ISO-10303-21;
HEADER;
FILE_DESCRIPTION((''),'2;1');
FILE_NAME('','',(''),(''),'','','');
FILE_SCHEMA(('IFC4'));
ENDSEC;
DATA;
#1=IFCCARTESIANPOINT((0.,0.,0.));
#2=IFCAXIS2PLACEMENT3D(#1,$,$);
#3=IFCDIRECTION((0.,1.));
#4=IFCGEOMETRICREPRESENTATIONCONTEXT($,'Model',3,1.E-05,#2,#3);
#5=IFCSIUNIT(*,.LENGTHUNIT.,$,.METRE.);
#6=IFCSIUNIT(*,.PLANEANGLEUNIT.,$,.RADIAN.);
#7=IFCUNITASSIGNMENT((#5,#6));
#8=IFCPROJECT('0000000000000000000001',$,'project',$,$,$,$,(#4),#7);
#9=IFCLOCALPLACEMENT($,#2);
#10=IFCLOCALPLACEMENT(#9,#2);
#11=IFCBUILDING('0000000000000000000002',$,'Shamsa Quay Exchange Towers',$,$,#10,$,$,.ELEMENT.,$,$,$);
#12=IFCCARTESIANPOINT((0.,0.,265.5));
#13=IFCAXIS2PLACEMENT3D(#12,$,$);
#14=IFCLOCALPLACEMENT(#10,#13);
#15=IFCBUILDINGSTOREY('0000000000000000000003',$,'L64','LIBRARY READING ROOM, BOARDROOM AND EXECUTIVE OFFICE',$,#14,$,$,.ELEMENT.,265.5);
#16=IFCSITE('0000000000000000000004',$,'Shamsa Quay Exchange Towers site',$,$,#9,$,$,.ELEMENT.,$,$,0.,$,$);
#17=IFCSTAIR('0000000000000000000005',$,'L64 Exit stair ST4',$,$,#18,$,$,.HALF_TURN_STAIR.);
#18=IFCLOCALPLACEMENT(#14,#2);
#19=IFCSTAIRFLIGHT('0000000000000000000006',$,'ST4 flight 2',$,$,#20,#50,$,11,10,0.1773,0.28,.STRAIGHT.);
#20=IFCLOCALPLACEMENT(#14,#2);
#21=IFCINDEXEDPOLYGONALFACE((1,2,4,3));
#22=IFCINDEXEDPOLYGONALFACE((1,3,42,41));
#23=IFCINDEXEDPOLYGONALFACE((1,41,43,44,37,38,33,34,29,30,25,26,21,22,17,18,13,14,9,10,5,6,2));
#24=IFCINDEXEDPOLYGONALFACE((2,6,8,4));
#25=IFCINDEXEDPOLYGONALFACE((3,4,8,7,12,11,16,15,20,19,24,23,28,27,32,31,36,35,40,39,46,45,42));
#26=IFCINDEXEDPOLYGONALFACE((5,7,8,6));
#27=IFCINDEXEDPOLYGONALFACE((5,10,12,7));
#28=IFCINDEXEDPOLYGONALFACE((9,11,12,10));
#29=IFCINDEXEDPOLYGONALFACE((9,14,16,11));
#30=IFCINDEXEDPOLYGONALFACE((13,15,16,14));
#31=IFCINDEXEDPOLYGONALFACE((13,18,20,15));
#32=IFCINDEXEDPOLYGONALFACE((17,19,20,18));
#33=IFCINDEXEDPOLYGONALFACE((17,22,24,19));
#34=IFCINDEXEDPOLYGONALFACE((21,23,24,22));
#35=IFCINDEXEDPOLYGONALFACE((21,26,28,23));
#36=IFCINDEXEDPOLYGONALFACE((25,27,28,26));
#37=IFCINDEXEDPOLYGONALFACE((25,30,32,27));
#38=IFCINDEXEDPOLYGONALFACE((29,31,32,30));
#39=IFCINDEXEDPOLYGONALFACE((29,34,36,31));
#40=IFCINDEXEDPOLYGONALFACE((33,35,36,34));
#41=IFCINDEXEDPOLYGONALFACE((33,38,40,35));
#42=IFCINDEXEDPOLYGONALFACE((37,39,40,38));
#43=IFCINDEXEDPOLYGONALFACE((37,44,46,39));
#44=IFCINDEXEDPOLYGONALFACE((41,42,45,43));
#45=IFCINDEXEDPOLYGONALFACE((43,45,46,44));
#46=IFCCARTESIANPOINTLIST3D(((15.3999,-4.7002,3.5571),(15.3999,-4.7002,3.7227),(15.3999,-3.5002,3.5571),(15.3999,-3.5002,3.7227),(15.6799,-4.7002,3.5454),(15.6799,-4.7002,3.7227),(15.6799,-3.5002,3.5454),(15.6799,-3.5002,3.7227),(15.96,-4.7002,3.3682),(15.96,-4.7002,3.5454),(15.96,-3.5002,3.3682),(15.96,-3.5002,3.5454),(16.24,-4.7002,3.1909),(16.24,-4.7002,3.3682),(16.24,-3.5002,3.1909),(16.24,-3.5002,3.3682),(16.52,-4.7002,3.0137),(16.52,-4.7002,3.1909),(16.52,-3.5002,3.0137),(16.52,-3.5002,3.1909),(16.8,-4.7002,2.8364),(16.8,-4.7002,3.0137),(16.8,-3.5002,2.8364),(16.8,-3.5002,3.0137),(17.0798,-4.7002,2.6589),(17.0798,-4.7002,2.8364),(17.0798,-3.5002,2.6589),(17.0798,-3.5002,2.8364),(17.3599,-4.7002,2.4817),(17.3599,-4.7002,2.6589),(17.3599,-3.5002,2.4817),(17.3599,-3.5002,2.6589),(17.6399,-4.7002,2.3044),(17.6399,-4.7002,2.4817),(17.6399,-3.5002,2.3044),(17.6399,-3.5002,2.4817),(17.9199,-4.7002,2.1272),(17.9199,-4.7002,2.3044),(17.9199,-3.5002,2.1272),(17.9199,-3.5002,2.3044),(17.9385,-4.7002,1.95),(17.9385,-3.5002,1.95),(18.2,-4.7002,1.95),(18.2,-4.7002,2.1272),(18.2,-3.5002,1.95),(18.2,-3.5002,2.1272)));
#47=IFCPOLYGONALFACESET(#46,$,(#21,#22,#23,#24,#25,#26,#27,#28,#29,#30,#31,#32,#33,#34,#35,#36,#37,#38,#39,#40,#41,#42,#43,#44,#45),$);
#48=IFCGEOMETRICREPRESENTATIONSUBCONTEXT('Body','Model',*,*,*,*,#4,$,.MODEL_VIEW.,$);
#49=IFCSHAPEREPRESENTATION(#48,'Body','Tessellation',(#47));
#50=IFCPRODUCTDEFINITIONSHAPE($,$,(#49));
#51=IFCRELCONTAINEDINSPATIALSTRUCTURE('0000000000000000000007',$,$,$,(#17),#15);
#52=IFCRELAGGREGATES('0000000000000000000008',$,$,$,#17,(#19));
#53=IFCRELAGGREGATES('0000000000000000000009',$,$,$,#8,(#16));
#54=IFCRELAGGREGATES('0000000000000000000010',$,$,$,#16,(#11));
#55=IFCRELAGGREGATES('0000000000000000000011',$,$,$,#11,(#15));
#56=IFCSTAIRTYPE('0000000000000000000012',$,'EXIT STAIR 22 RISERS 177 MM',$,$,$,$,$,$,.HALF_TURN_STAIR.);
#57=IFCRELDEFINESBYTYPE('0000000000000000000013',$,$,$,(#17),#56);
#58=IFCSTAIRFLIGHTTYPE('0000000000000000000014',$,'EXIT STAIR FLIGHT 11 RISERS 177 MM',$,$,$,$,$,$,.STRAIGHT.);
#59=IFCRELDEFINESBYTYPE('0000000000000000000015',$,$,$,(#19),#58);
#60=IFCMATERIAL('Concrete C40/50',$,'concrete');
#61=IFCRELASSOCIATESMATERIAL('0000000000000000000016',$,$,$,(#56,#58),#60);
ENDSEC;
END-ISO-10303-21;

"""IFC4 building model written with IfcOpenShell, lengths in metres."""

from ifc_helpers import new_model, si_unit, direction, frame, origin, place, context, subcontext, project, spatial, polyline, outline, extrude, material, type_object, element, aggregate, save


model = new_model("IFC4")

# Units and contexts
model_context = context("Model", 3, precision=1e-05, world=origin(), true_north=direction((0.0, 1.0)))
body_context = subcontext(model_context, "Body", "Model", "MODEL_VIEW")
ifc_project = project(units=[si_unit("LENGTHUNIT", "METRE"), si_unit("PLANEANGLEUNIT", "RADIAN")], contexts=[model_context])

# Site, building, storey
site_placement = place(None, origin())
site = spatial("IfcSite", under=ifc_project, at=site_placement, Name="Shamsa Quay Exchange Towers site", CompositionType="ELEMENT", RefElevation=0.0)
building_placement = place(site_placement, origin())
building = spatial("IfcBuilding", under=site, at=building_placement, Name="Shamsa Quay Exchange Towers", CompositionType="ELEMENT")
storey_placement = place(building_placement, frame((0.0, 0.0, 265.5)))
storey = spatial("IfcBuildingStorey", under=building, at=storey_placement, Name="L64", Description="LIBRARY READING ROOM, BOARDROOM AND EXECUTIVE OFFICE", CompositionType="ELEMENT", Elevation=265.5)

# Stair, stair flight
ifc_material_1 = material(Name="Concrete C40/50", Category="concrete")
stair_type = type_object("IfcStairType", Name="EXIT STAIR 22 RISERS 177 MM", PredefinedType="HALF_TURN_STAIR", material=ifc_material_1)
stair_placement = place(storey_placement, origin())
stair = element("IfcStair", 1, at=stair_placement, inside=storey, type_object=stair_type, Name="L64 Exit stair ST4", PredefinedType="HALF_TURN_STAIR")
stair_flight_type = type_object("IfcStairFlightType", Name="EXIT STAIR FLIGHT 11 RISERS 177 MM", PredefinedType="STRAIGHT", material=ifc_material_1)
stair_flight_placement = place(storey_placement, frame((18.2, -4.1001, 1.95), z_axis=(0.0, 0.0, 1.0), x_axis=(-1.0, 0.0, 0.0)))
stair_flight = element("IfcStairFlight", 2, at=stair_flight_placement, type_object=stair_flight_type, Name="ST4 flight 2", NumberOfRisers=11, NumberOfTreads=10, PredefinedType="STRAIGHT", RiserHeight=0.1773, TreadLength=0.28, context=body_context, shape_type="SweptSolid", body=[
    extrude(outline(polyline([(0.0, 0.0), (0.0, 0.1772), (0.28, 0.1772), (0.28, 0.3545), (0.5601, 0.3545), (0.5601, 0.5317), (0.8401, 0.5317), (0.8401, 0.709), (1.1201, 0.709), (1.1201, 0.8865), (1.3999, 0.8865), (1.3999, 1.0637), (1.6799, 1.0637), (1.6799, 1.241), (1.96, 1.241), (1.96, 1.4182), (2.24, 1.4182), (2.24, 1.5955), (2.52, 1.5955), (2.52, 1.7727), (2.8, 1.7727), (2.8, 1.95), (2.8, 1.6072), (0.2615, 0.0), (0.0, 0.0)])), frame((0.0, 0.6001, 0.0), z_axis=(0.0, -1.0, 0.0), x_axis=(1.0, 0.0, 0.0)), (0.0, 0.0, 1.0), 1.2),
])
aggregate(stair, [stair_flight])

save(model, "model.ifc")
